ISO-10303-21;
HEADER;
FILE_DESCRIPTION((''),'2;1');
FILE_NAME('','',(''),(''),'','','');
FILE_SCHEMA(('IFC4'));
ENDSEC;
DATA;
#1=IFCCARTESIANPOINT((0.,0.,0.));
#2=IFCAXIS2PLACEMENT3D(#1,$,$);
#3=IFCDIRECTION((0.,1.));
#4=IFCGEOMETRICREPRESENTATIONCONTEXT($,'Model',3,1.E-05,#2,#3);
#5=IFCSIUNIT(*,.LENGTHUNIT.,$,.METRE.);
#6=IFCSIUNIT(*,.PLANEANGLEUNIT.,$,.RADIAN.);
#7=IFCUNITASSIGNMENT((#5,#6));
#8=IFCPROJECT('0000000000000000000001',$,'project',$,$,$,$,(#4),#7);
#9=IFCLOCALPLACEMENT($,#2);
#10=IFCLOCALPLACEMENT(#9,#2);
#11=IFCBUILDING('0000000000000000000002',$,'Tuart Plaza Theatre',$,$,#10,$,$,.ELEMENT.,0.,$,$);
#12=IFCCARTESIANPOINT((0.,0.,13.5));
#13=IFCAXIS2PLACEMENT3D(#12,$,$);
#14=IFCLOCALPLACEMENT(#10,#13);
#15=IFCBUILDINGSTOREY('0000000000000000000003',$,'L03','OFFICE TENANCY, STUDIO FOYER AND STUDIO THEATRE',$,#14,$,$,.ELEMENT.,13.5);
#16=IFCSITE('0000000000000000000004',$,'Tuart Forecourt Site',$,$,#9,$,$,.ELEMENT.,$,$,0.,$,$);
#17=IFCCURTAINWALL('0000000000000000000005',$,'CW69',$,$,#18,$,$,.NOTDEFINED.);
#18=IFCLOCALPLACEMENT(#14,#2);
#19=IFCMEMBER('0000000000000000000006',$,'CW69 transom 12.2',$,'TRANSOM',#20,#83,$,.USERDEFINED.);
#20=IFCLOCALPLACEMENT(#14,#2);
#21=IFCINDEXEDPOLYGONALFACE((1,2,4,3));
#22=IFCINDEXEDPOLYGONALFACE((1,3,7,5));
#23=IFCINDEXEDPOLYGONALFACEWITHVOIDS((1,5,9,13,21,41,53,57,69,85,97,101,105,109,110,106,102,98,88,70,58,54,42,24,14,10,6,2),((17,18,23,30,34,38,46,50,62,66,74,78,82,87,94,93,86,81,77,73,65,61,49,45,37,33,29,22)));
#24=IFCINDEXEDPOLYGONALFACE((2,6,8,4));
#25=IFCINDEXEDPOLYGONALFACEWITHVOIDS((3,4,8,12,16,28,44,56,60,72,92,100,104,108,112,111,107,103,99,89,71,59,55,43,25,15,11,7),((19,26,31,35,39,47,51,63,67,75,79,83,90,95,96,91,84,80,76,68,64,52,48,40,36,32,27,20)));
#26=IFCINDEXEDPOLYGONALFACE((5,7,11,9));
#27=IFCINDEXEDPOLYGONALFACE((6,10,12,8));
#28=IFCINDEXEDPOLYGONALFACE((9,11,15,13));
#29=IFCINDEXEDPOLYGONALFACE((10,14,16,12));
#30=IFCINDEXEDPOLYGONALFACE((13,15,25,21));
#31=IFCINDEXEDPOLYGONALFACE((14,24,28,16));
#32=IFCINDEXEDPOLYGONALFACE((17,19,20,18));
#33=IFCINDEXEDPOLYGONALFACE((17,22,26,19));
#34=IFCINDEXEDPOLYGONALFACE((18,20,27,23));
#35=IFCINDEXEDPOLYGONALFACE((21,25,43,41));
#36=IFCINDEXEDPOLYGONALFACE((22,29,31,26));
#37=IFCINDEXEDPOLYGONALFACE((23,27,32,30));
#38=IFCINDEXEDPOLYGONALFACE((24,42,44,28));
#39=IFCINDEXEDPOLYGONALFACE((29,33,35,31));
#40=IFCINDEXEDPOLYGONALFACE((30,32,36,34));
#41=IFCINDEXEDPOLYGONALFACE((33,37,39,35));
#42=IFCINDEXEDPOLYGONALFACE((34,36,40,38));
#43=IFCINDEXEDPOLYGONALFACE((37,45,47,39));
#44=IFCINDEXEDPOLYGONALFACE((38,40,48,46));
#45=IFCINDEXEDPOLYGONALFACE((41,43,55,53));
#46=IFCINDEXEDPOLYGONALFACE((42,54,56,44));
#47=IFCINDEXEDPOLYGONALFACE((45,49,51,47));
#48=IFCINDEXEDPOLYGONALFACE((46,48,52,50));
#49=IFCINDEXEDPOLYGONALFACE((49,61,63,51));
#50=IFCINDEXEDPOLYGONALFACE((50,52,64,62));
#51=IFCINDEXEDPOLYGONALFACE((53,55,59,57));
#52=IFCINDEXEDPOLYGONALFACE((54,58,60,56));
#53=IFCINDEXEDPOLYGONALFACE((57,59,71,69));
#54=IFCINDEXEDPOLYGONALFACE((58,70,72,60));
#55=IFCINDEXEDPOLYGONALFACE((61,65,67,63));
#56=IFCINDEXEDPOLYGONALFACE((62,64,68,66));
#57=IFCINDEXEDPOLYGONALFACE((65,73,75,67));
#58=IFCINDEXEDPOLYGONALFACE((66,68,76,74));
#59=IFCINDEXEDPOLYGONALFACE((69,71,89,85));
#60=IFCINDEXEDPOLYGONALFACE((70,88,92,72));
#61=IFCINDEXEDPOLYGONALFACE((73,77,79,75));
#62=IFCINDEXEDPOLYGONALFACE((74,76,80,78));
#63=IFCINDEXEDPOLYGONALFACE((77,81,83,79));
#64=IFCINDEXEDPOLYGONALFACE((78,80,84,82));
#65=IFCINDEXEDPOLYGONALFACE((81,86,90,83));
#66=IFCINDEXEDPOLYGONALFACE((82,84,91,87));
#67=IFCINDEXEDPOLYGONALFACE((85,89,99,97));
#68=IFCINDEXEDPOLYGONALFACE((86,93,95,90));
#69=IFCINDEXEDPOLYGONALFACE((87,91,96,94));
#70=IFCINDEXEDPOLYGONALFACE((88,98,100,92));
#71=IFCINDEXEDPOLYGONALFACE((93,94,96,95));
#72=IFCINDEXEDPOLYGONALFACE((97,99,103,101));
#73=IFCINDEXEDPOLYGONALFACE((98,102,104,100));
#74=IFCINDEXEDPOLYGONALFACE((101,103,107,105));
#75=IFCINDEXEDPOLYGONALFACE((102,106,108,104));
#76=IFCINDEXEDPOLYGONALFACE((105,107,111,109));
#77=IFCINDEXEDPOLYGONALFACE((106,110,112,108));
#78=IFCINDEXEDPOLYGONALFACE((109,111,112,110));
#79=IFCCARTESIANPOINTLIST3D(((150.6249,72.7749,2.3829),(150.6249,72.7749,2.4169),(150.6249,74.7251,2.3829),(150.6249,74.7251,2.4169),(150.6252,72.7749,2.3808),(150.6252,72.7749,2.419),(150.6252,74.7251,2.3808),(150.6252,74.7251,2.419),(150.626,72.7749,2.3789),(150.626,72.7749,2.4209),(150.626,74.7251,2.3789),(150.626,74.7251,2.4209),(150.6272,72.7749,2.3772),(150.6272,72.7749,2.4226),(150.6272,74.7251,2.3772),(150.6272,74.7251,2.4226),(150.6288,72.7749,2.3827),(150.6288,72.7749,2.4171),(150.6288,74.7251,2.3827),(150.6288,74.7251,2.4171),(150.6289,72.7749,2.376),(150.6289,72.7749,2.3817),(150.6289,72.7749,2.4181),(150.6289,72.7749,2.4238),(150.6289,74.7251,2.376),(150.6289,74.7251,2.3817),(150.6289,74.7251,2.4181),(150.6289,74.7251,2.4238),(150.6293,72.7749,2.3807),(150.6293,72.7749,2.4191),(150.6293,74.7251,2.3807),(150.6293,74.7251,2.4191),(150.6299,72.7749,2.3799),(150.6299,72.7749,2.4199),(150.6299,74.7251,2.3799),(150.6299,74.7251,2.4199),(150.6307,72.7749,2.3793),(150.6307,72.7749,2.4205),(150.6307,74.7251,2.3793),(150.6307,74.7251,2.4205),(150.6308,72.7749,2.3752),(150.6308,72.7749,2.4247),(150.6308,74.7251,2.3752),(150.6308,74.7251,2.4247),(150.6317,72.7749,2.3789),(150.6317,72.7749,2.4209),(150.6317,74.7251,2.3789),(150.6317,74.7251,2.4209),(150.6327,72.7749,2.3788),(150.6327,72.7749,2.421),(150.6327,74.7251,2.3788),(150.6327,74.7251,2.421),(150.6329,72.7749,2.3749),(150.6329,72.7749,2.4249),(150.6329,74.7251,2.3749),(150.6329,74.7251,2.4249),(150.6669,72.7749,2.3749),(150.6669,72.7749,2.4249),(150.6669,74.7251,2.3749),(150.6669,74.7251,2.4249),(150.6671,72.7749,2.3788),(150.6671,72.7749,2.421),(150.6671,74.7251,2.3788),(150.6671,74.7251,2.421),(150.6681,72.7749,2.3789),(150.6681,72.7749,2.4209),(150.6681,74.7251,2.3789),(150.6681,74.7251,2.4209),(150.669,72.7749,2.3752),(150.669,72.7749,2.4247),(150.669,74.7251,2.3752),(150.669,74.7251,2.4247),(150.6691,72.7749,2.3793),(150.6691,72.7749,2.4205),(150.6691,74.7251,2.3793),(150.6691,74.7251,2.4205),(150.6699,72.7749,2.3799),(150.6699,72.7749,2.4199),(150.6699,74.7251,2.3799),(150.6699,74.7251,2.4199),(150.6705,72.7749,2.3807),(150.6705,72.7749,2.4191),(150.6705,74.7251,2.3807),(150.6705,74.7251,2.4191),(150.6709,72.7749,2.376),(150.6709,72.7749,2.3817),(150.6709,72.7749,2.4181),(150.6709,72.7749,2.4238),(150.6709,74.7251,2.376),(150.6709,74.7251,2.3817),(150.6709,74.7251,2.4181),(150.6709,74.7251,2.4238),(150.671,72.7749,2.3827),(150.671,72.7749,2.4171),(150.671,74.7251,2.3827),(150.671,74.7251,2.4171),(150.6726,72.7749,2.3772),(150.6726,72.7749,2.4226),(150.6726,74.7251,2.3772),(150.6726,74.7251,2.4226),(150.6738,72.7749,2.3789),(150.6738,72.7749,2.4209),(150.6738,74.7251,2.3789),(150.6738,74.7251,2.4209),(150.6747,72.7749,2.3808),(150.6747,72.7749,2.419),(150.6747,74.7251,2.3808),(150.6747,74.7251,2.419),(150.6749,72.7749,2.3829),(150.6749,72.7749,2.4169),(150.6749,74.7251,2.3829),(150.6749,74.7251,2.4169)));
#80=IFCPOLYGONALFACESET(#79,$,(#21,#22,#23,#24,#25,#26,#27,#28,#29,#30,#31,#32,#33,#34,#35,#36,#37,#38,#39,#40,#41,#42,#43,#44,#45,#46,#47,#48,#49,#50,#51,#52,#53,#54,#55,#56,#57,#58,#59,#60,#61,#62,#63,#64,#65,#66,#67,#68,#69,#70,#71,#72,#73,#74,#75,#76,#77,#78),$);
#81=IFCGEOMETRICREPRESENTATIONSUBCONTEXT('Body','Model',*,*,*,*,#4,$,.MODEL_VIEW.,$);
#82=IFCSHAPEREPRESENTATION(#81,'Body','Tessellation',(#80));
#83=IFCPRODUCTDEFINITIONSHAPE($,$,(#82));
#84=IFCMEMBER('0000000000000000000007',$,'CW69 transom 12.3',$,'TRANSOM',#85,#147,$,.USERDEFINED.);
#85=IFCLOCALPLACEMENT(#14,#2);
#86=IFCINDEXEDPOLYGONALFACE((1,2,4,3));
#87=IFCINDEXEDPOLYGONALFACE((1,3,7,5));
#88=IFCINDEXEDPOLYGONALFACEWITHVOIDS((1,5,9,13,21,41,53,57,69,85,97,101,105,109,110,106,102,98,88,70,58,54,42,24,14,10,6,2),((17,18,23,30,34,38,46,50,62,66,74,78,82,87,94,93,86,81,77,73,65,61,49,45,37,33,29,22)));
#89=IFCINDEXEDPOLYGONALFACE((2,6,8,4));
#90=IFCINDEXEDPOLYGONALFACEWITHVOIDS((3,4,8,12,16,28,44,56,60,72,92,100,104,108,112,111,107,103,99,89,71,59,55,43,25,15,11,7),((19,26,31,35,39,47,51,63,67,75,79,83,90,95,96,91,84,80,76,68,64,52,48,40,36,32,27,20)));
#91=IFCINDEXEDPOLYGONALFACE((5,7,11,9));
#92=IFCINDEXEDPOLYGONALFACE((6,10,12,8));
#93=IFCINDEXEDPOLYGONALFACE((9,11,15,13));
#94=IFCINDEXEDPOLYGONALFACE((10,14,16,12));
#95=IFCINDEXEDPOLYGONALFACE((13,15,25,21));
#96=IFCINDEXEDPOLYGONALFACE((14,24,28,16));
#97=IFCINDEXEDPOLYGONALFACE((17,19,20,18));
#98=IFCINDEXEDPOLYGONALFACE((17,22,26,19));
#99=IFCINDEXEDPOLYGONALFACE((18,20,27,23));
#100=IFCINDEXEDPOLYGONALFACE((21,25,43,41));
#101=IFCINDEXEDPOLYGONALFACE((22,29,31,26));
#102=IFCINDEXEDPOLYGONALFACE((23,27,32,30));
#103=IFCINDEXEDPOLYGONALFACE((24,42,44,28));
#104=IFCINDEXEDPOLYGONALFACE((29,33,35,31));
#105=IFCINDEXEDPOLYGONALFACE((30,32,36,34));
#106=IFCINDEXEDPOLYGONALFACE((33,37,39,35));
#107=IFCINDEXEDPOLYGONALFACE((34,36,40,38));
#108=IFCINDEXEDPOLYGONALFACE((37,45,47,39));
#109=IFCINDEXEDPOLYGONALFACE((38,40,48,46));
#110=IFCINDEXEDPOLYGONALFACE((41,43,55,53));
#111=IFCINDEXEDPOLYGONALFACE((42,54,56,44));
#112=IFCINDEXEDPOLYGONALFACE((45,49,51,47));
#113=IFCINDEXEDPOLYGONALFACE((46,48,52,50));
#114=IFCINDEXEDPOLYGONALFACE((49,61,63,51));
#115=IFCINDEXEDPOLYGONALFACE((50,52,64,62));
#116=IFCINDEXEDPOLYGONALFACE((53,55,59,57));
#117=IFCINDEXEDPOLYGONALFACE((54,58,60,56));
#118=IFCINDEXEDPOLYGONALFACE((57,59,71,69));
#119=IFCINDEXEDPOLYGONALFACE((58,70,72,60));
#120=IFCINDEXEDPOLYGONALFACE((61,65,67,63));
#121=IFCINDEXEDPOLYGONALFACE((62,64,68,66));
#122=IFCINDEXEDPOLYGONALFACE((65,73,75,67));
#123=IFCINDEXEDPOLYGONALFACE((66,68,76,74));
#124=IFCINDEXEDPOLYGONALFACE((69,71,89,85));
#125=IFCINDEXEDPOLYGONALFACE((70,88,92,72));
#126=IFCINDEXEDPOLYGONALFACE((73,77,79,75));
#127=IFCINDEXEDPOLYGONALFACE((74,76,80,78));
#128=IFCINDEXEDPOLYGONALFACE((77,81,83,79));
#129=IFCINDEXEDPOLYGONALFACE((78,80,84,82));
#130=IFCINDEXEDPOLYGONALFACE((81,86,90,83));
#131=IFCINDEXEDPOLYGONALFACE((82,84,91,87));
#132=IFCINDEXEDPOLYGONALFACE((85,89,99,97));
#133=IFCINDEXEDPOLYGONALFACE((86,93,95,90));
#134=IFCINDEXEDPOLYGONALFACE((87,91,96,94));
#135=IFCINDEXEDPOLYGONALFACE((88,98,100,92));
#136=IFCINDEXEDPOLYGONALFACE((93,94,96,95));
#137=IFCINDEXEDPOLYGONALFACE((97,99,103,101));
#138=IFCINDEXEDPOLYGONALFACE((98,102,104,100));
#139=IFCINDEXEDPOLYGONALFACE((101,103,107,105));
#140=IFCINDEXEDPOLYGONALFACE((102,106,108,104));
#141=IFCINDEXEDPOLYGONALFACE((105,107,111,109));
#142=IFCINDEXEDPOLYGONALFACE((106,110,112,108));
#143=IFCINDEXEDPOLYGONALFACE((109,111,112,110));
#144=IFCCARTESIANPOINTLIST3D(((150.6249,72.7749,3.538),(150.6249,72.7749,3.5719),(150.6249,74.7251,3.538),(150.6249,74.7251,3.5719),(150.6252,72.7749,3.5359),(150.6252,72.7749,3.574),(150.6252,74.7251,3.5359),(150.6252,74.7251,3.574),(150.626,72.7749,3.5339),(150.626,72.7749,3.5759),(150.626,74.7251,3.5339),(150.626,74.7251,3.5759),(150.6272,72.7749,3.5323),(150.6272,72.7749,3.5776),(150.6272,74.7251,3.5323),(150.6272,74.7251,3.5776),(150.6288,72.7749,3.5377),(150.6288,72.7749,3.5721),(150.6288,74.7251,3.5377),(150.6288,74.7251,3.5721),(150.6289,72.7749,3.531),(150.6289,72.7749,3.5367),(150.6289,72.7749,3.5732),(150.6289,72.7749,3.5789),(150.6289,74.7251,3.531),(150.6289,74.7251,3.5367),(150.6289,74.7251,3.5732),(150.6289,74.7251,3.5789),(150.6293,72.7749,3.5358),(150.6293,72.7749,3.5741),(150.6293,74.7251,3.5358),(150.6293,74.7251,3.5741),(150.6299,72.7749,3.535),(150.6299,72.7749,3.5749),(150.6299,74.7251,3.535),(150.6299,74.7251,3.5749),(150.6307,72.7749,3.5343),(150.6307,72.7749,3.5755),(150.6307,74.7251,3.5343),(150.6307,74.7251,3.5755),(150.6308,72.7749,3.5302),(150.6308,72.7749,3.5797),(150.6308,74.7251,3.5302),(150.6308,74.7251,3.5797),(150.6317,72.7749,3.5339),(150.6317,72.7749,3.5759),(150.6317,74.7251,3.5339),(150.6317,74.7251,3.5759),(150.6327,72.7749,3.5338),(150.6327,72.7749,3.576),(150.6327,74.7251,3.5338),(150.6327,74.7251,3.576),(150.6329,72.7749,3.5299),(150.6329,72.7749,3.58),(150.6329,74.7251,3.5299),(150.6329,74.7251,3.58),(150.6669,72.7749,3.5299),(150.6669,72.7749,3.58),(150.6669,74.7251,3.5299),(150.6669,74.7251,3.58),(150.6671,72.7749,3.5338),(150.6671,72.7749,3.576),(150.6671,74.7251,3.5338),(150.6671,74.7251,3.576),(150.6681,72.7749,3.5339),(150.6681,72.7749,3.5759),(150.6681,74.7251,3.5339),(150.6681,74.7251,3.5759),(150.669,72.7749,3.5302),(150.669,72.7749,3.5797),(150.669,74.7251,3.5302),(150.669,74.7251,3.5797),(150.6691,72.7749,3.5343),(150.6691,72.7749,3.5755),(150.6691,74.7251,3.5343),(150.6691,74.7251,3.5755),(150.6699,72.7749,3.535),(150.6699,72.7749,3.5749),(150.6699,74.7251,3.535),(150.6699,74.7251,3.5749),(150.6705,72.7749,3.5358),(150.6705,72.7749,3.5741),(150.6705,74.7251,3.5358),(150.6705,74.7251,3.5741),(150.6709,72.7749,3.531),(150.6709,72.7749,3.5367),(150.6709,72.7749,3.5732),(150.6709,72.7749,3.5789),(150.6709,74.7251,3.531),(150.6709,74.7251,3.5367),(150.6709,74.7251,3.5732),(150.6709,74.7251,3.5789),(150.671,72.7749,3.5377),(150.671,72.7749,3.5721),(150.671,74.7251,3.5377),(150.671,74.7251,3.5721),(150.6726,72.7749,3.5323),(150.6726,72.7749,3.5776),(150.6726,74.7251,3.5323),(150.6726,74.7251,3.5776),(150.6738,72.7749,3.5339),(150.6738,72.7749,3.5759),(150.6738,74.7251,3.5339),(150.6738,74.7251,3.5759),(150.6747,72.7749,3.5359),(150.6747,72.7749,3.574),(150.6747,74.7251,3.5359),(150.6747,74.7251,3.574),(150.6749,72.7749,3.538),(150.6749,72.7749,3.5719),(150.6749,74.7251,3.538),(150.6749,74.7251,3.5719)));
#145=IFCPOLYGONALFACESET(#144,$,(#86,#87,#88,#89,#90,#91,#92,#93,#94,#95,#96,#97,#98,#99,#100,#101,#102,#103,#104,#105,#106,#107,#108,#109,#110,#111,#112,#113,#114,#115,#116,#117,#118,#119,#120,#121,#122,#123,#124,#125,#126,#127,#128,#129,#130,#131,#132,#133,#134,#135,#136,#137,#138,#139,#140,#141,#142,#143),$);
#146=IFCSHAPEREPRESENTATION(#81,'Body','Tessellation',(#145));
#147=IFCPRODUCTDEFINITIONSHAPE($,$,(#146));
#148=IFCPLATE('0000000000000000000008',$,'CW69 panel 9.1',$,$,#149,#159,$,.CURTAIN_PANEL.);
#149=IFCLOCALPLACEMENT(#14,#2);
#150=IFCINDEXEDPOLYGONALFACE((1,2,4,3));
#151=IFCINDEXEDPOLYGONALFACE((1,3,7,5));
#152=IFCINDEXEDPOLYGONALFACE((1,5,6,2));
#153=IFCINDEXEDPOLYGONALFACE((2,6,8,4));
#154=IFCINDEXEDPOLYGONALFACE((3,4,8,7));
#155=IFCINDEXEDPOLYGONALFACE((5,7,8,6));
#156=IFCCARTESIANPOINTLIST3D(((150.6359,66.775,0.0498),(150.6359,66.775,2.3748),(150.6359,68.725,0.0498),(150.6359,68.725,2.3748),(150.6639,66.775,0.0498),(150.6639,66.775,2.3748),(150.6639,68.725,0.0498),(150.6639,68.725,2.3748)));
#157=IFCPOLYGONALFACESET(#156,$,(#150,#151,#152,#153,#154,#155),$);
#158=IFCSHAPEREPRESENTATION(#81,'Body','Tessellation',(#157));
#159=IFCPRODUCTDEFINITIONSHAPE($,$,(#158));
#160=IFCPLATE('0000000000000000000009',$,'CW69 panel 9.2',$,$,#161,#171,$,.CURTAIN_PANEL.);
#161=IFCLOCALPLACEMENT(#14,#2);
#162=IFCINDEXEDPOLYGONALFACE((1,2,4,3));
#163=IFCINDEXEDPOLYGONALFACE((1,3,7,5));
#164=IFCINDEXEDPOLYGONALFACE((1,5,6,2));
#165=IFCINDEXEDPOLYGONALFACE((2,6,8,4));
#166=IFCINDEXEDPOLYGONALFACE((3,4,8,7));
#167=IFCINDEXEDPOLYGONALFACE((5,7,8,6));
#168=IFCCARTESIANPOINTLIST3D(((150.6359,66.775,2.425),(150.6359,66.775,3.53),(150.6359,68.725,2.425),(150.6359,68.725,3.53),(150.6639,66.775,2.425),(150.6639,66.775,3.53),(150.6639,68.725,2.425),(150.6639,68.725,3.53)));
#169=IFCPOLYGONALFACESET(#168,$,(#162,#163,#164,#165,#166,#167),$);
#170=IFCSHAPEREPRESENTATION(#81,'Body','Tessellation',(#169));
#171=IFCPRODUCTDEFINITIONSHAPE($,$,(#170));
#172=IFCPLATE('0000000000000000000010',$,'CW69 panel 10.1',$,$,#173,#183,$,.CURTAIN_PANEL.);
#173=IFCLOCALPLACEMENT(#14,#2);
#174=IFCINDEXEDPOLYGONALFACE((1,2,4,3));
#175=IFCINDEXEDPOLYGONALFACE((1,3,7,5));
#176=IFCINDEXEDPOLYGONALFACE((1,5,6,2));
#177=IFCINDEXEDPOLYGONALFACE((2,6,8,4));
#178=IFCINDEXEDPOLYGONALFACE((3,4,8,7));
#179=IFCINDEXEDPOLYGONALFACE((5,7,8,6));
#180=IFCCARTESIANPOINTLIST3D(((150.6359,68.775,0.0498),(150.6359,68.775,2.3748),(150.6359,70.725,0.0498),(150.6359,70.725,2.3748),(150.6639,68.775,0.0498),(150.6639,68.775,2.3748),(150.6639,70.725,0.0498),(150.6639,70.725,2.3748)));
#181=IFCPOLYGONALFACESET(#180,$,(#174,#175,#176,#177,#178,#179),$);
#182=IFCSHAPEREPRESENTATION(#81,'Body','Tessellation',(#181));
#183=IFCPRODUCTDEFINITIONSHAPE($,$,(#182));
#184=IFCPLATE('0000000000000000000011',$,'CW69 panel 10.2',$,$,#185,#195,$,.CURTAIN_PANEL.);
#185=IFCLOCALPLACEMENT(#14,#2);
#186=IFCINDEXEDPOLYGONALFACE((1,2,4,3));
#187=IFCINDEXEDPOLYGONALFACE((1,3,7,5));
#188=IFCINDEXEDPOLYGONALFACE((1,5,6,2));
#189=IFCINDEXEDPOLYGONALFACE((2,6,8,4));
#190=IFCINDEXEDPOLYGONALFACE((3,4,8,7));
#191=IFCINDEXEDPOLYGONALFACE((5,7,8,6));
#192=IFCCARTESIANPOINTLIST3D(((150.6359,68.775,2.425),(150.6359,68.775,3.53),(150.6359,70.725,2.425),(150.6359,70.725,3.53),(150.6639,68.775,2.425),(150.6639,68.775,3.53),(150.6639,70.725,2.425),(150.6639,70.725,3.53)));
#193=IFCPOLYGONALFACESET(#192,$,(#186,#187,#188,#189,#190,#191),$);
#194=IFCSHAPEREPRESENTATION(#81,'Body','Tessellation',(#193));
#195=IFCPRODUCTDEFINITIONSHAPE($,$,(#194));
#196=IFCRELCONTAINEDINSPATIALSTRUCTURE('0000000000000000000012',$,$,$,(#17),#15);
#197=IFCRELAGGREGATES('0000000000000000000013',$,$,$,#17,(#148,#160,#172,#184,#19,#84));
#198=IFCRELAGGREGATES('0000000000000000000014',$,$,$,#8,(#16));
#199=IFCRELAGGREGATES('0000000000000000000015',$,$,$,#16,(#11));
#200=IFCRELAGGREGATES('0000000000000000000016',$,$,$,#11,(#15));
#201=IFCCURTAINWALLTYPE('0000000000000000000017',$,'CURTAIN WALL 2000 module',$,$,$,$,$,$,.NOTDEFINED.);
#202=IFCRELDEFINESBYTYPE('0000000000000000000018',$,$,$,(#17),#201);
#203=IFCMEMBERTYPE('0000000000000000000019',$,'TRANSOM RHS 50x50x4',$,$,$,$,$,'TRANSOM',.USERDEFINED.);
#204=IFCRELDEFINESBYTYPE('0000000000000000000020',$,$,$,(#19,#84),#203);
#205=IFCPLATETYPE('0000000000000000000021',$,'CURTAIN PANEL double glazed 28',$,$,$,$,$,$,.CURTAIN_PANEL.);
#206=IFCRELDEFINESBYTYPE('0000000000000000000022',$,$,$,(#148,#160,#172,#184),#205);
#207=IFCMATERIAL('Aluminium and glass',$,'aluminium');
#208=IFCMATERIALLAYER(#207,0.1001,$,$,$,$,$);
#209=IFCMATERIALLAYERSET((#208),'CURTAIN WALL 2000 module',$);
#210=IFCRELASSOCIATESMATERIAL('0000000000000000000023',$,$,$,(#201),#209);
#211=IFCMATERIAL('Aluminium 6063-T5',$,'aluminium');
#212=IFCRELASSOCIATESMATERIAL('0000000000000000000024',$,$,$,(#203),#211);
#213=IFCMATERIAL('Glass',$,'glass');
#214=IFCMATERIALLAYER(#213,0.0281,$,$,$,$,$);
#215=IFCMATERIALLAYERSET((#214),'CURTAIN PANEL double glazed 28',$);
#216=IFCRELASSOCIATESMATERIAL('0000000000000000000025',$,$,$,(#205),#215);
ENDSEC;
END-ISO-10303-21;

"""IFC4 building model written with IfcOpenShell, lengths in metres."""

from ifc_helpers import new_model, si_unit, direction, frame, origin, origin_2d, place, context, subcontext, project, spatial, rectangle, hollow_rectangle, extrude, material, layer, layer_set, material_profile, profile_set, type_object, element, aggregate, save


model = new_model("IFC4")

# Units and contexts
model_context = context("Model", 3, precision=1e-05, world=origin(), true_north=direction((0.0, 1.0)))
body_context = subcontext(model_context, "Body", "Model", "MODEL_VIEW")
ifc_project = project(units=[si_unit("LENGTHUNIT", "METRE"), si_unit("PLANEANGLEUNIT", "RADIAN")], contexts=[model_context])

# Site, building, storey
site_placement = place(None, origin())
site = spatial("IfcSite", under=ifc_project, at=site_placement, Name="Tuart Forecourt Site", CompositionType="ELEMENT", RefElevation=0.0)
building_placement = place(site_placement, origin())
building = spatial("IfcBuilding", under=site, at=building_placement, Name="Tuart Plaza Theatre", CompositionType="ELEMENT", ElevationOfRefHeight=0.0)
storey_placement = place(building_placement, frame((0.0, 0.0, 13.5)))
storey = spatial("IfcBuildingStorey", under=building, at=storey_placement, Name="L03", Description="OFFICE TENANCY, STUDIO FOYER AND STUDIO THEATRE", CompositionType="ELEMENT", Elevation=13.5)

# Curtain wall, members, plates
ifc_material_1 = material(Name="Aluminium and glass", Category="aluminium")
ifc_layer_1 = layer(ifc_material_1, 0.1001)
ifc_layer_set_1 = layer_set([ifc_layer_1], Name="CURTAIN WALL 2000 module")
curtain_wall_type = type_object("IfcCurtainWallType", Name="CURTAIN WALL 2000 module", PredefinedType="NOTDEFINED", material=ifc_layer_set_1)
curtain_wall_placement = place(storey_placement, origin())
curtain_wall = element("IfcCurtainWall", 1, at=curtain_wall_placement, inside=storey, type_object=curtain_wall_type, Name="CW69", PredefinedType="NOTDEFINED")
ifc_material_2 = material(Name="Aluminium 6063-T5", Category="aluminium")
ifc_material_profile_1 = material_profile(ifc_material_2, hollow_rectangle(XDim=0.05, YDim=0.05, WallThickness=0.0039, InnerFilletRadius=0.0039, OuterFilletRadius=0.0081, at=origin_2d()), Name="RHS 50x50x4")
ifc_profile_set_1 = profile_set([ifc_material_profile_1], Name="Aluminium 6063-T5")
member_type_1 = type_object("IfcMemberType", Name="TRANSOM RHS 50x50x4", ElementType="TRANSOM", PredefinedType="USERDEFINED", material=ifc_profile_set_1)
member_1_placement = place(storey_placement, frame((150.6499, 72.7749, 2.3999), z_axis=(0.0, 1.0, 0.0), x_axis=(-1.0, 0.0, 0.0)))
member_1 = element("IfcMember", 2, at=member_1_placement, type_object=member_type_1, Name="CW69 transom 12.2", ObjectType="TRANSOM", PredefinedType="USERDEFINED", context=body_context, shape_type="SweptSolid", body=[
    extrude(hollow_rectangle(XDim=0.05, YDim=0.05, WallThickness=0.0039, InnerFilletRadius=0.0039, OuterFilletRadius=0.0081, at=origin_2d()), origin(), (0.0, 0.0, 1.0), 1.9502),
])
member_2_placement = place(storey_placement, frame((150.6499, 72.7749, 3.5549), z_axis=(0.0, 1.0, 0.0), x_axis=(-1.0, 0.0, 0.0)))
member_2 = element("IfcMember", 3, at=member_2_placement, type_object=member_type_1, Name="CW69 transom 12.3", ObjectType="TRANSOM", PredefinedType="USERDEFINED", context=body_context, shape_type="SweptSolid", body=[
    extrude(hollow_rectangle(XDim=0.05, YDim=0.05, WallThickness=0.0039, InnerFilletRadius=0.0039, OuterFilletRadius=0.0081, at=origin_2d()), origin(), (0.0, 0.0, 1.0), 1.9502),
])
ifc_material_3 = material(Name="Glass", Category="glass")
ifc_layer_2 = layer(ifc_material_3, 0.0281)
ifc_layer_set_2 = layer_set([ifc_layer_2], Name="CURTAIN PANEL double glazed 28")
plate_type = type_object("IfcPlateType", Name="CURTAIN PANEL double glazed 28", PredefinedType="CURTAIN_PANEL", material=ifc_layer_set_2)
plate_1_placement = place(storey_placement, frame((150.6499, 67.75, 0.0498), z_axis=(0.0, 0.0, 1.0), x_axis=(0.0, 1.0, 0.0)))
plate_1 = element("IfcPlate", 4, at=plate_1_placement, type_object=plate_type, Name="CW69 panel 9.1", PredefinedType="CURTAIN_PANEL", context=body_context, shape_type="SweptSolid", body=[
    extrude(rectangle(XDim=1.95, YDim=0.0281, at=origin_2d()), origin(), (0.0, 0.0, 1.0), 2.325),
])
plate_2_placement = place(storey_placement, frame((150.6499, 67.75, 2.425), z_axis=(0.0, 0.0, 1.0), x_axis=(0.0, 1.0, 0.0)))
plate_2 = element("IfcPlate", 5, at=plate_2_placement, type_object=plate_type, Name="CW69 panel 9.2", PredefinedType="CURTAIN_PANEL", context=body_context, shape_type="SweptSolid", body=[
    extrude(rectangle(XDim=1.95, YDim=0.0281, at=origin_2d()), origin(), (0.0, 0.0, 1.0), 1.105),
])
plate_3_placement = place(storey_placement, frame((150.6499, 69.75, 0.0498), z_axis=(0.0, 0.0, 1.0), x_axis=(0.0, 1.0, 0.0)))
plate_3 = element("IfcPlate", 6, at=plate_3_placement, type_object=plate_type, Name="CW69 panel 10.1", PredefinedType="CURTAIN_PANEL", context=body_context, shape_type="SweptSolid", body=[
    extrude(rectangle(XDim=1.95, YDim=0.0281, at=origin_2d()), origin(), (0.0, 0.0, 1.0), 2.325),
])
plate_4_placement = place(storey_placement, frame((150.6499, 69.75, 2.425), z_axis=(0.0, 0.0, 1.0), x_axis=(0.0, 1.0, 0.0)))
plate_4 = element("IfcPlate", 7, at=plate_4_placement, type_object=plate_type, Name="CW69 panel 10.2", PredefinedType="CURTAIN_PANEL", context=body_context, shape_type="SweptSolid", body=[
    extrude(rectangle(XDim=1.95, YDim=0.0281, at=origin_2d()), origin(), (0.0, 0.0, 1.0), 1.105),
])
aggregate(curtain_wall, [plate_1, plate_2, plate_3, plate_4, member_1, member_2])

save(model, "model.ifc")
